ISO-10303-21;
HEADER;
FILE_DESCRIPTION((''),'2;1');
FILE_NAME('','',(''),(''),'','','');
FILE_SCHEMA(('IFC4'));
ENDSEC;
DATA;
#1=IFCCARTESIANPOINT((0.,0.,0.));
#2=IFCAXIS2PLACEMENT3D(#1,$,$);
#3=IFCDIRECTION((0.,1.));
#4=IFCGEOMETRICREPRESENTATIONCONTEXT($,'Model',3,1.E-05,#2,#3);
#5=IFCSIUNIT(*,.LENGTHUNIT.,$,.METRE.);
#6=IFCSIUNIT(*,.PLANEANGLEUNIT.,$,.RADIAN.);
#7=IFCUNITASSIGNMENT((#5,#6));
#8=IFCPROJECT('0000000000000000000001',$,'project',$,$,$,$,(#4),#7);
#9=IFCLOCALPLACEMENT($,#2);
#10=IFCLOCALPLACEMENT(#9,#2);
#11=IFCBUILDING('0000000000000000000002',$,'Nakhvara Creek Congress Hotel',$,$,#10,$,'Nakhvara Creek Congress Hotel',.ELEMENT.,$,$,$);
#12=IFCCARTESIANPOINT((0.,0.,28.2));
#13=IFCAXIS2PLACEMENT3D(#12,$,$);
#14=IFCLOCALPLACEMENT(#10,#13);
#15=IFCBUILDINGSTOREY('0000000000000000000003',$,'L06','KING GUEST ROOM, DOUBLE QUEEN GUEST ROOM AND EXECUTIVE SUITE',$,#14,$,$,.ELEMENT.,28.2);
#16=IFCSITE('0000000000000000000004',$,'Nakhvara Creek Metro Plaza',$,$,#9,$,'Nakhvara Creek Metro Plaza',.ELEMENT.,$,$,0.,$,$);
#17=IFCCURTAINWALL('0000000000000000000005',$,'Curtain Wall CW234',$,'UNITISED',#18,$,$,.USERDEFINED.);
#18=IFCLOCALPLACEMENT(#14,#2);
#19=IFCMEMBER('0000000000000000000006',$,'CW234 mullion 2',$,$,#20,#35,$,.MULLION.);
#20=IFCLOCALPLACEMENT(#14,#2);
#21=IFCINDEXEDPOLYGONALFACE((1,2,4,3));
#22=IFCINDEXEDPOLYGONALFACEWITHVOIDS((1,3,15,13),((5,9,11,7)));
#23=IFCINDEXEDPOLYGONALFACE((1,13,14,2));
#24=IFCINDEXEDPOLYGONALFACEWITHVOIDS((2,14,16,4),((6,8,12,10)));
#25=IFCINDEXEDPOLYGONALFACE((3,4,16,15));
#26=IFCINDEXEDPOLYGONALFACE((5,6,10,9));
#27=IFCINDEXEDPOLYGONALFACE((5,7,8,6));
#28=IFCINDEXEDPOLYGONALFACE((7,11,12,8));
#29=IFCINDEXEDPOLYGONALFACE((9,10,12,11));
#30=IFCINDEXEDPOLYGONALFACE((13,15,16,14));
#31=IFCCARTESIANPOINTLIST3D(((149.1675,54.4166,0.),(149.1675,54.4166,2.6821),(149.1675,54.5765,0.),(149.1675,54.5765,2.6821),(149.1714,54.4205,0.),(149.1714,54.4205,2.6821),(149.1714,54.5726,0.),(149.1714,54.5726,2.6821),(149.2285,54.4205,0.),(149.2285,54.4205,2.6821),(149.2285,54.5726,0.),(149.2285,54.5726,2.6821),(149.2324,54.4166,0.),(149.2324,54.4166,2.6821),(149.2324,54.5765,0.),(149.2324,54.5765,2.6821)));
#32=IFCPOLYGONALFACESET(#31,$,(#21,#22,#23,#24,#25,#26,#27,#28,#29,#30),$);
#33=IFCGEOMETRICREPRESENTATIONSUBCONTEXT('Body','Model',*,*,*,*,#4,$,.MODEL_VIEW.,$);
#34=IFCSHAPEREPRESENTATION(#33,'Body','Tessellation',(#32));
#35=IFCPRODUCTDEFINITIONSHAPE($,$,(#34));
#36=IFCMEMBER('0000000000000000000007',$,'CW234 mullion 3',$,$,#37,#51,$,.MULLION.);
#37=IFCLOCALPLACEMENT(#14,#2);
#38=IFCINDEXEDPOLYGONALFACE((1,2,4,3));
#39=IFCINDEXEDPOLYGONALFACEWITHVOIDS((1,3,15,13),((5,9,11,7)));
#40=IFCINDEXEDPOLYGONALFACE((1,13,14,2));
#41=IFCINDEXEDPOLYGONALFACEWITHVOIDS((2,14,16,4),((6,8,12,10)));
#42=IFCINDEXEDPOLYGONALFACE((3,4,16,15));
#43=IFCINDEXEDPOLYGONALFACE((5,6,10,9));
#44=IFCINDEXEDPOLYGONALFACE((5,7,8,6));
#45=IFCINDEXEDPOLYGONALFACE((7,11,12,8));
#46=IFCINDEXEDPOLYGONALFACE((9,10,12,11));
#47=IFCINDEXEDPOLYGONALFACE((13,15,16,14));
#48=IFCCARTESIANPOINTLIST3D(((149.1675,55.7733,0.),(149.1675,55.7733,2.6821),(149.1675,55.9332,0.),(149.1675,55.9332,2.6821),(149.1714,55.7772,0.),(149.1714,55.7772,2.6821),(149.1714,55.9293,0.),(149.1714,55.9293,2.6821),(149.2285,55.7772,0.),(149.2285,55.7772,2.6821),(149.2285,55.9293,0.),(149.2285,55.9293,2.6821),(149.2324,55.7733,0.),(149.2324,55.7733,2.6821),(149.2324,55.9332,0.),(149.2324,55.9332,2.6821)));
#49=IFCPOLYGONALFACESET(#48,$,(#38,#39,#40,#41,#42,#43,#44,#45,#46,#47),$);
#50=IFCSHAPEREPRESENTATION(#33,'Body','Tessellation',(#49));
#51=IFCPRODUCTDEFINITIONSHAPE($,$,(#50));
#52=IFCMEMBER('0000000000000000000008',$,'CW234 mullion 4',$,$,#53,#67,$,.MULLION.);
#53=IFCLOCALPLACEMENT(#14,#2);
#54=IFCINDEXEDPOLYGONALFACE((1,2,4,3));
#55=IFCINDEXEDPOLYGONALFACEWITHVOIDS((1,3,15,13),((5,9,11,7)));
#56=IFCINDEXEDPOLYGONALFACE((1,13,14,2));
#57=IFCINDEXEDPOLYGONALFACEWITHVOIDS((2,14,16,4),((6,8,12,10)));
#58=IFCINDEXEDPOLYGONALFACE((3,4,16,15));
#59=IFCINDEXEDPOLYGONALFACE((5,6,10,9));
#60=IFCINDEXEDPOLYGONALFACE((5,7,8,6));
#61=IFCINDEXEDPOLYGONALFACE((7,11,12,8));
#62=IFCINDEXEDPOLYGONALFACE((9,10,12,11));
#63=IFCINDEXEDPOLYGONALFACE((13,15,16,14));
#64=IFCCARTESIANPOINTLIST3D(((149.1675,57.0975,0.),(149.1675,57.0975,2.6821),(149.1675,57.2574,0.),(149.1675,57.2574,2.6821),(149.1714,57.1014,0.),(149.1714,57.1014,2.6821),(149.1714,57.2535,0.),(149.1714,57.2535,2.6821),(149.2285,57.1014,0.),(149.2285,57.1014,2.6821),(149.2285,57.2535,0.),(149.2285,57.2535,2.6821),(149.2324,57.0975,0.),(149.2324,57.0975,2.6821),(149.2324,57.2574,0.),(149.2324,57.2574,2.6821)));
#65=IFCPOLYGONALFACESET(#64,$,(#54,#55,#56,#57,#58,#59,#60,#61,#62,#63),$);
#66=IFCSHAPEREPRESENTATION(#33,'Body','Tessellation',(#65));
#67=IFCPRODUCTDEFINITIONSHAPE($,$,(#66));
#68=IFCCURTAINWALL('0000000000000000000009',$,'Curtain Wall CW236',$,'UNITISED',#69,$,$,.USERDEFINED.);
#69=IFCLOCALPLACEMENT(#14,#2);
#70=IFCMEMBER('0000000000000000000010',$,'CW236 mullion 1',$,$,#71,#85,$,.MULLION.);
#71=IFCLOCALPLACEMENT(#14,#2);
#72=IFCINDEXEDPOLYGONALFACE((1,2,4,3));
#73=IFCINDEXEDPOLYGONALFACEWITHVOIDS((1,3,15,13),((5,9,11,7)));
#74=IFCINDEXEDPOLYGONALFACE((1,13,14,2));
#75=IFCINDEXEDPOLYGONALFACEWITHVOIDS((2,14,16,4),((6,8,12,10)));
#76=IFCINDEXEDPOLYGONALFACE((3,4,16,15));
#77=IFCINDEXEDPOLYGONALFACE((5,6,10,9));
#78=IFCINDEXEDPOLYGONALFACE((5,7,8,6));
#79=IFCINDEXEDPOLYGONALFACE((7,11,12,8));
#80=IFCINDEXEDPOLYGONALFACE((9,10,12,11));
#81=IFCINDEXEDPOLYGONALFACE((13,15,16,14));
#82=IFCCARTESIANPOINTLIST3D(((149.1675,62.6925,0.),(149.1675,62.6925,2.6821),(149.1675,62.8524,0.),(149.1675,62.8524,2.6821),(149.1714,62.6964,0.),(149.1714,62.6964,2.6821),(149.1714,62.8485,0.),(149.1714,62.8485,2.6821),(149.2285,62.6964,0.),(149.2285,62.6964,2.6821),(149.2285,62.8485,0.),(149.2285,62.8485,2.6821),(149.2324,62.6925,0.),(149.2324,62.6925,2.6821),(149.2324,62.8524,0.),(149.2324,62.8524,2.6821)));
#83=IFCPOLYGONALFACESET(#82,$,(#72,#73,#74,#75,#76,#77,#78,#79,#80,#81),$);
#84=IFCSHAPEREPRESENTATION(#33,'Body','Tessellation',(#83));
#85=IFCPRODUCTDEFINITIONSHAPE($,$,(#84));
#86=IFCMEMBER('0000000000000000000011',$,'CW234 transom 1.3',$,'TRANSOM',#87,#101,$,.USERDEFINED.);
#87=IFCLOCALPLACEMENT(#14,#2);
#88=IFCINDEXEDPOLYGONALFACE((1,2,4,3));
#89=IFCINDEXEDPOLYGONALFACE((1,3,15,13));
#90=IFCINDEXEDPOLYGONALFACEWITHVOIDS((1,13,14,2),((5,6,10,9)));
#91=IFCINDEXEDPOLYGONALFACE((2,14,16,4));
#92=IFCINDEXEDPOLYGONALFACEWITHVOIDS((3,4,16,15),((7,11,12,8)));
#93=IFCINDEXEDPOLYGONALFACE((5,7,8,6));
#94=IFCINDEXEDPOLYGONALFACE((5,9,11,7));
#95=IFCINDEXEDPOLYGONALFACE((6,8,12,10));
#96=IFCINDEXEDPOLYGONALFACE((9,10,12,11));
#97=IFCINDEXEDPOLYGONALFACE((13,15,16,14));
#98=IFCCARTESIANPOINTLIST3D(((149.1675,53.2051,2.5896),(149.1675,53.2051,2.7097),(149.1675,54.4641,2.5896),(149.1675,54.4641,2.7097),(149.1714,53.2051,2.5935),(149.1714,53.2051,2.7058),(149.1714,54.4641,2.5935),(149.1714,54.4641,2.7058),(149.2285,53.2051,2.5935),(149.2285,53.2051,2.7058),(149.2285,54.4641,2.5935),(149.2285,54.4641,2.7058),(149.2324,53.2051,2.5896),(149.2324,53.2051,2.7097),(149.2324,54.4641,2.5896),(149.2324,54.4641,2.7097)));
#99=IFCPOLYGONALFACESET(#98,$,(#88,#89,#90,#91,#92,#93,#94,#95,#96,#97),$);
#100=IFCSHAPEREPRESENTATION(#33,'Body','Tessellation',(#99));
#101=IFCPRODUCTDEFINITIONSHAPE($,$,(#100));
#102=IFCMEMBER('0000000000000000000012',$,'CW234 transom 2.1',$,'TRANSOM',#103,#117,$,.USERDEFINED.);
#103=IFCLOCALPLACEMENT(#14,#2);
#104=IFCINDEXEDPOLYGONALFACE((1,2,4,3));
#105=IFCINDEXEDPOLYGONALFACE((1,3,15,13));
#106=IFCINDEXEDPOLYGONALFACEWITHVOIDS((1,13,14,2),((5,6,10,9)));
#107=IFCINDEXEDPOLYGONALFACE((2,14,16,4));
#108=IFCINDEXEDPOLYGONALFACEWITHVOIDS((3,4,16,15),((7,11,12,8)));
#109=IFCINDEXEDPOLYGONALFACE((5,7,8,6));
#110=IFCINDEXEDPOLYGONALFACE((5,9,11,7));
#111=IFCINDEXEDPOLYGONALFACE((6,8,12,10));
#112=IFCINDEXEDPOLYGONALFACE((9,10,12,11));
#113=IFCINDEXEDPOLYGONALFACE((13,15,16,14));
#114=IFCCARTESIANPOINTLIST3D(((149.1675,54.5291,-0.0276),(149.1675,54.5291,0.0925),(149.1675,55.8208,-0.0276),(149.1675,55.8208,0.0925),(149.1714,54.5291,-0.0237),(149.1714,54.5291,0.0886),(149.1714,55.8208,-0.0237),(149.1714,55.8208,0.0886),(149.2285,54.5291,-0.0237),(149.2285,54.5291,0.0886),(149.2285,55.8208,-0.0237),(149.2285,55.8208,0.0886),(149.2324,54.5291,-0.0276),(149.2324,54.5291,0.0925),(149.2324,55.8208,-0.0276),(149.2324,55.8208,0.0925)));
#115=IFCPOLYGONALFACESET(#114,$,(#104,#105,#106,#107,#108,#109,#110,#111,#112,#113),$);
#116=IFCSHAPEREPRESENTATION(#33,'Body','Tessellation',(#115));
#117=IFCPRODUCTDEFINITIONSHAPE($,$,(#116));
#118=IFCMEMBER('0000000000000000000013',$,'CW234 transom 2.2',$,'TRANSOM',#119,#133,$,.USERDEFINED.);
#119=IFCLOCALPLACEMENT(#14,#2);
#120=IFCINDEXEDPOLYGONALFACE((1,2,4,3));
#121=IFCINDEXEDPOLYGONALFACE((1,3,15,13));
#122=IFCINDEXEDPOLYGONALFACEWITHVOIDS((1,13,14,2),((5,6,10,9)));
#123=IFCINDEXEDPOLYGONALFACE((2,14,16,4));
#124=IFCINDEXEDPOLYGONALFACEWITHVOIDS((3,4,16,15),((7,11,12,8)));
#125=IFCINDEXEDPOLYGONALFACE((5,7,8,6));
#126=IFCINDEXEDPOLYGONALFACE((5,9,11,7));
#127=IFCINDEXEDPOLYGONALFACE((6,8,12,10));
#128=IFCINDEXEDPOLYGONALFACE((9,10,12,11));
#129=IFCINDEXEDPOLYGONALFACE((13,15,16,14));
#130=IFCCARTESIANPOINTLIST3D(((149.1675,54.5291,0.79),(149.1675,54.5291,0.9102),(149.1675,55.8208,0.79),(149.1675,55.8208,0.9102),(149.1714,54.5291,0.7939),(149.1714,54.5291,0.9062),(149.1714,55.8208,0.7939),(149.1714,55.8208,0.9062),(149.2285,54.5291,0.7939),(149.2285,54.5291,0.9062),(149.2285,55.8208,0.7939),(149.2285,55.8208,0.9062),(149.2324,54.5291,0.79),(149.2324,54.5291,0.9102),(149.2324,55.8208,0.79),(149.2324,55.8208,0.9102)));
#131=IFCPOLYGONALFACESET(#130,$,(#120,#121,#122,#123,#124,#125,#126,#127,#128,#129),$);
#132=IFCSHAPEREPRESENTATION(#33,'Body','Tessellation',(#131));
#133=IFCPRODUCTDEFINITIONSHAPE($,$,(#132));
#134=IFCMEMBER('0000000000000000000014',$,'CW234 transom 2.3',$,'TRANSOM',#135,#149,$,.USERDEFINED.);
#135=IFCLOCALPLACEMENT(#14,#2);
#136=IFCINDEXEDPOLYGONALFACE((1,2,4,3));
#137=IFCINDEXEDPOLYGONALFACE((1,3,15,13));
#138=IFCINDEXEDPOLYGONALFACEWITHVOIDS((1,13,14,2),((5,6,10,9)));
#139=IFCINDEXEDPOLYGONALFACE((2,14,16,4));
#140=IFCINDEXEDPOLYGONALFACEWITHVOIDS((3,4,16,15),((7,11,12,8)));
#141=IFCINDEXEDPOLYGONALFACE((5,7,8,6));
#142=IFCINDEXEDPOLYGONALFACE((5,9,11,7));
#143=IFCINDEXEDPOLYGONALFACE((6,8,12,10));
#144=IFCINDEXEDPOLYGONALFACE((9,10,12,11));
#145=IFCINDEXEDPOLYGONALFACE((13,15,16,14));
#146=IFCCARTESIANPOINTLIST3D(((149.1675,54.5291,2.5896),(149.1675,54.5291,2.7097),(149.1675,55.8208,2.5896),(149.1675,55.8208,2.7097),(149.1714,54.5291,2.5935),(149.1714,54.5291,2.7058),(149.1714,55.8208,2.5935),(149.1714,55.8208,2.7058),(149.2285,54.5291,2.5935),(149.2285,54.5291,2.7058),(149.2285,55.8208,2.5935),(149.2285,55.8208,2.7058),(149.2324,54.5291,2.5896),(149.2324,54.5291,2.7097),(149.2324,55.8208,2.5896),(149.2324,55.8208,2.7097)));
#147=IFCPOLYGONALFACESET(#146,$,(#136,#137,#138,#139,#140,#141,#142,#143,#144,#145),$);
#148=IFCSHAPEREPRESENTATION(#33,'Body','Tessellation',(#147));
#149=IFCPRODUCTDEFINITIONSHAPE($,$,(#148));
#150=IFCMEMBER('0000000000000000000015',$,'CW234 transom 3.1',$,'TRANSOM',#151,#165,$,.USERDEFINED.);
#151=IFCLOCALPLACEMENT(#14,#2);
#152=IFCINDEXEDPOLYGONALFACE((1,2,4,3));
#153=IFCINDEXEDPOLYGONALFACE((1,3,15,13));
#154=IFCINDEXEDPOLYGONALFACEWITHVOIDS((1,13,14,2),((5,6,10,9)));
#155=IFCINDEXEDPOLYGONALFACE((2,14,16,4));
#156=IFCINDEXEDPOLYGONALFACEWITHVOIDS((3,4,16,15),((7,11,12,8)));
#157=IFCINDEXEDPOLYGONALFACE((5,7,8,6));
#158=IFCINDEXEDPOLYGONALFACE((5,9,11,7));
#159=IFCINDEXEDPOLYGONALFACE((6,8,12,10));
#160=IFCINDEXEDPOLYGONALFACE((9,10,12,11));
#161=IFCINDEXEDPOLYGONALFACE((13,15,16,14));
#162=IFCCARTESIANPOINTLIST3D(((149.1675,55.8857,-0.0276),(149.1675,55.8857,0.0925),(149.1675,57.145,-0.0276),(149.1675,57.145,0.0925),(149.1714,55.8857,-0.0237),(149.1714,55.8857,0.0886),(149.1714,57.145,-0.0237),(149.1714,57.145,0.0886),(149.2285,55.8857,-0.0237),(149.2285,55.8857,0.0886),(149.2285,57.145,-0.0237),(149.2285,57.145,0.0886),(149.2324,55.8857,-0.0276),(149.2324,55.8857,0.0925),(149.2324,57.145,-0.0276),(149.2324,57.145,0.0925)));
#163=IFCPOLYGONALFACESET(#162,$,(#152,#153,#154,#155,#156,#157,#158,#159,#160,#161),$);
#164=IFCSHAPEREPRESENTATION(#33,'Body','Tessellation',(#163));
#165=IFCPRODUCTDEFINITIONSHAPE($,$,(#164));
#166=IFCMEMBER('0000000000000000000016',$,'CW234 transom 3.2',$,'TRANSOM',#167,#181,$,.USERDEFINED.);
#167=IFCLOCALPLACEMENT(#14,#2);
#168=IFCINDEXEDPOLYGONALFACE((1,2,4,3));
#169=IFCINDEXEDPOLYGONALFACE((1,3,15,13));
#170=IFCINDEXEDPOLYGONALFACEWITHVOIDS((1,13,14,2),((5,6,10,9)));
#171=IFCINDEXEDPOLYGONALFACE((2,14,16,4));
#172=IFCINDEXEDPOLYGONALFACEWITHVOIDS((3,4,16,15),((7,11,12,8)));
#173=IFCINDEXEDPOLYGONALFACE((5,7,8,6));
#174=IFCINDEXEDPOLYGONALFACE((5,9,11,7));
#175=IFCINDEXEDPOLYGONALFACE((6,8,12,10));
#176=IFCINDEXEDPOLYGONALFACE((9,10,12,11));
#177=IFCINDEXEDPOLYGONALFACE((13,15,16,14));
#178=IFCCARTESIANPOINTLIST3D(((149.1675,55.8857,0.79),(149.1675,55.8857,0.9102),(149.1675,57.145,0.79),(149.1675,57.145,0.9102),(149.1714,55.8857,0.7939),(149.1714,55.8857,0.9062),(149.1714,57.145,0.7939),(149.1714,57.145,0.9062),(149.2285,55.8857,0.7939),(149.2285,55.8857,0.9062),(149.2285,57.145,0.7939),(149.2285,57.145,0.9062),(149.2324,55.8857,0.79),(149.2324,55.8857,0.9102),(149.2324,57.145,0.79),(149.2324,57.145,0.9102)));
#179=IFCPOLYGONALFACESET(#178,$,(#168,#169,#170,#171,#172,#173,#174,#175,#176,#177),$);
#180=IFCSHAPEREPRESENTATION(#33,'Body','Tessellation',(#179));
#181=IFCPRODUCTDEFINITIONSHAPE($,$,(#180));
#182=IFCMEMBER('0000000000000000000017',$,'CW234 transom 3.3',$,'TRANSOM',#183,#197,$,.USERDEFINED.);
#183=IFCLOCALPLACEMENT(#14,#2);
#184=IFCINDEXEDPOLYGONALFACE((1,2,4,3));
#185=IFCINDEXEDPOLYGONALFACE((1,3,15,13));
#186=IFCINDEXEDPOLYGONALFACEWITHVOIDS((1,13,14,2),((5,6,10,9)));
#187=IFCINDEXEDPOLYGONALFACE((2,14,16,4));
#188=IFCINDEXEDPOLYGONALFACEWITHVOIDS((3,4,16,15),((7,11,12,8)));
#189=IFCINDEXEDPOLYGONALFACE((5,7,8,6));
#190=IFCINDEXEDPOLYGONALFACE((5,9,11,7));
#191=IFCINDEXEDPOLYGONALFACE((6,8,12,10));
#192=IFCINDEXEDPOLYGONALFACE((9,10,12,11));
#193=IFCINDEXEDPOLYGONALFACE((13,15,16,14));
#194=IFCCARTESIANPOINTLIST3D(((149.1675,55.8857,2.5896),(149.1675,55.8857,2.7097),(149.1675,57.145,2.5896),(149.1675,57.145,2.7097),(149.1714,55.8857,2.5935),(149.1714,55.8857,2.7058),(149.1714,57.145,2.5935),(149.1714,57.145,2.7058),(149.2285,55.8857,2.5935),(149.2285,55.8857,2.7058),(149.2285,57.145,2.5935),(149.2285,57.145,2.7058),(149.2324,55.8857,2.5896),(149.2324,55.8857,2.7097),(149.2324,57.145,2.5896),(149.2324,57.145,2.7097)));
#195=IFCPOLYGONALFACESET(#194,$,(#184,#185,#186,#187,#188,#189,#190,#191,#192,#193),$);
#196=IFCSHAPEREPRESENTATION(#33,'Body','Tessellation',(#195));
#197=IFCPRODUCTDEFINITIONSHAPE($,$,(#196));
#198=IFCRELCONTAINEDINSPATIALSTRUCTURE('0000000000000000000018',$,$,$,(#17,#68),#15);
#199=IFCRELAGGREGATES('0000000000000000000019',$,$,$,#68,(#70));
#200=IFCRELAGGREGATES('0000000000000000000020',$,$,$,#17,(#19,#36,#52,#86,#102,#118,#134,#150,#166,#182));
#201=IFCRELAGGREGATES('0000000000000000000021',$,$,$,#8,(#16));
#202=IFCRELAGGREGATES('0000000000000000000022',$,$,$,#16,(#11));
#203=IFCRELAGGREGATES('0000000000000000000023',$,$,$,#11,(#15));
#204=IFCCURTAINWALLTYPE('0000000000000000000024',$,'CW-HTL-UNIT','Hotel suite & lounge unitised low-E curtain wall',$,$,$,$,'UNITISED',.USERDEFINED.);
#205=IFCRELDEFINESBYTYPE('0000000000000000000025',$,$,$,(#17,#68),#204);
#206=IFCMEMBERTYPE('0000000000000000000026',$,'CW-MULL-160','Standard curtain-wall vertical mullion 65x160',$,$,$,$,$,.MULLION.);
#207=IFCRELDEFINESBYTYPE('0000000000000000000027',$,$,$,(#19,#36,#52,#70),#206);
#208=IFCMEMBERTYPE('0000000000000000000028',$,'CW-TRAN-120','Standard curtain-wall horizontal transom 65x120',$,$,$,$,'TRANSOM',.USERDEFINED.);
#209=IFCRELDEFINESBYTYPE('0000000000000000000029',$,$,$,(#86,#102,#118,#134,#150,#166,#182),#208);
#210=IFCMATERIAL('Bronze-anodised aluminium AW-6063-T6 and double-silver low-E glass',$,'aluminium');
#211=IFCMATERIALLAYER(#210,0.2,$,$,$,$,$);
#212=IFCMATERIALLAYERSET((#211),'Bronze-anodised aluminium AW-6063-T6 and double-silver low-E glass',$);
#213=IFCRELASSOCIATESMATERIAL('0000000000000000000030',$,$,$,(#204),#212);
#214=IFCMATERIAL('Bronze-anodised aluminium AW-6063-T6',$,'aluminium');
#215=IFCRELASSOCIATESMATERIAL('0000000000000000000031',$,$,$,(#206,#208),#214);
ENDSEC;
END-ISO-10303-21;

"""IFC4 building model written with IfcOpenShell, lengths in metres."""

from ifc_helpers import new_model, si_unit, direction, frame, origin, origin_2d, place, context, subcontext, project, spatial, hollow_rectangle, extrude, material, layer, layer_set, material_profile, profile_set, type_object, element, aggregate, save


model = new_model("IFC4")

# Units and contexts
model_context = context("Model", 3, precision=1e-05, world=origin(), true_north=direction((0.0, 1.0)))
body_context = subcontext(model_context, "Body", "Model", "MODEL_VIEW")
ifc_project = project(units=[si_unit("LENGTHUNIT", "METRE"), si_unit("PLANEANGLEUNIT", "RADIAN")], contexts=[model_context])

# Site, building, storey
site_placement = place(None, origin())
site = spatial("IfcSite", under=ifc_project, at=site_placement, Name="Nakhvara Creek Metro Plaza", LongName="Nakhvara Creek Metro Plaza", CompositionType="ELEMENT", RefElevation=0.0)
building_placement = place(site_placement, origin())
building = spatial("IfcBuilding", under=site, at=building_placement, Name="Nakhvara Creek Congress Hotel", LongName="Nakhvara Creek Congress Hotel", CompositionType="ELEMENT")
storey_placement = place(building_placement, frame((0.0, 0.0, 28.2)))
storey = spatial("IfcBuildingStorey", under=building, at=storey_placement, Name="L06", Description="KING GUEST ROOM, DOUBLE QUEEN GUEST ROOM AND EXECUTIVE SUITE", CompositionType="ELEMENT", Elevation=28.2)

# Curtain wall, members
ifc_material_1 = material(Name="Bronze-anodised aluminium AW-6063-T6 and double-silver low-E glass", Category="aluminium")
ifc_layer = layer(ifc_material_1, 0.2)
ifc_layer_set = layer_set([ifc_layer], Name="Bronze-anodised aluminium AW-6063-T6 and double-silver low-E glass")
curtain_wall_type = type_object("IfcCurtainWallType", Name="CW-HTL-UNIT", Description="Hotel suite & lounge unitised low-E curtain wall", ElementType="UNITISED", PredefinedType="USERDEFINED", material=ifc_layer_set)
curtain_wall_1_placement = place(storey_placement, origin())
curtain_wall_1 = element("IfcCurtainWall", 1, at=curtain_wall_1_placement, inside=storey, type_object=curtain_wall_type, Name="Curtain Wall CW234", ObjectType="UNITISED", PredefinedType="USERDEFINED")
ifc_material_2 = material(Name="Bronze-anodised aluminium AW-6063-T6", Category="aluminium")
ifc_material_profile_1 = material_profile(ifc_material_2, hollow_rectangle(XDim=0.0649, YDim=0.1599, WallThickness=0.0039, at=origin_2d()), Name="ALU-MULL 65x160x4", Category="LoadBearing")
ifc_profile_set_1 = profile_set([ifc_material_profile_1], Name="Bronze-anodised aluminium AW-6063-T6")
member_type_1 = type_object("IfcMemberType", Name="CW-MULL-160", Description="Standard curtain-wall vertical mullion 65x160", PredefinedType="MULLION", material=ifc_profile_set_1)
member_1_placement = place(storey_placement, frame((149.2, 54.4966, 0.0), z_axis=(0.0, 0.0, 1.0), x_axis=(-1.0, 0.0, 0.0)))
member_1 = element("IfcMember", 2, at=member_1_placement, type_object=member_type_1, Name="CW234 mullion 2", PredefinedType="MULLION", context=body_context, shape_type="SweptSolid", body=[
    extrude(hollow_rectangle(XDim=0.0649, YDim=0.1599, WallThickness=0.0039, at=origin_2d()), origin(), (0.0, 0.0, 1.0), 2.6821),
])
member_2_placement = place(storey_placement, frame((149.2, 55.8533, 0.0), z_axis=(0.0, 0.0, 1.0), x_axis=(-1.0, 0.0, 0.0)))
member_2 = element("IfcMember", 3, at=member_2_placement, type_object=member_type_1, Name="CW234 mullion 3", PredefinedType="MULLION", context=body_context, shape_type="SweptSolid", body=[
    extrude(hollow_rectangle(XDim=0.0649, YDim=0.1599, WallThickness=0.0039, at=origin_2d()), origin(), (0.0, 0.0, 1.0), 2.6821),
])
member_3_placement = place(storey_placement, frame((149.2, 57.1775, 0.0), z_axis=(0.0, 0.0, 1.0), x_axis=(-1.0, 0.0, 0.0)))
member_3 = element("IfcMember", 4, at=member_3_placement, type_object=member_type_1, Name="CW234 mullion 4", PredefinedType="MULLION", context=body_context, shape_type="SweptSolid", body=[
    extrude(hollow_rectangle(XDim=0.0649, YDim=0.1599, WallThickness=0.0039, at=origin_2d()), origin(), (0.0, 0.0, 1.0), 2.6821),
])

# Curtain wall, member
curtain_wall_2_placement = place(storey_placement, origin())
curtain_wall_2 = element("IfcCurtainWall", 5, at=curtain_wall_2_placement, inside=storey, type_object=curtain_wall_type, Name="Curtain Wall CW236", ObjectType="UNITISED", PredefinedType="USERDEFINED")
member_4_placement = place(storey_placement, frame((149.2, 62.7725, 0.0), z_axis=(0.0, 0.0, 1.0), x_axis=(-1.0, 0.0, 0.0)))
member_4 = element("IfcMember", 6, at=member_4_placement, type_object=member_type_1, Name="CW236 mullion 1", PredefinedType="MULLION", context=body_context, shape_type="SweptSolid", body=[
    extrude(hollow_rectangle(XDim=0.0649, YDim=0.1599, WallThickness=0.0039, at=origin_2d()), origin(), (0.0, 0.0, 1.0), 2.6821),
])

# Members
ifc_material_profile_2 = material_profile(ifc_material_2, hollow_rectangle(XDim=0.0649, YDim=0.1201, WallThickness=0.0039, at=origin_2d()), Name="ALU-TRAN 65x120x4", Category="LoadBearing")
ifc_profile_set_2 = profile_set([ifc_material_profile_2], Name="Bronze-anodised aluminium AW-6063-T6")
member_type_2 = type_object("IfcMemberType", Name="CW-TRAN-120", Description="Standard curtain-wall horizontal transom 65x120", ElementType="TRANSOM", PredefinedType="USERDEFINED", material=ifc_profile_set_2)
member_5_placement = place(storey_placement, frame((149.2, 53.2051, 2.6497), z_axis=(0.0, 1.0, 0.0), x_axis=(-1.0, 0.0, 0.0)))
member_5 = element("IfcMember", 7, at=member_5_placement, type_object=member_type_2, Name="CW234 transom 1.3", ObjectType="TRANSOM", PredefinedType="USERDEFINED", context=body_context, shape_type="SweptSolid", body=[
    extrude(hollow_rectangle(XDim=0.0649, YDim=0.1201, WallThickness=0.0039, at=origin_2d()), origin(), (0.0, 0.0, 1.0), 1.259),
])
member_6_placement = place(storey_placement, frame((149.2, 54.5291, 0.0325), z_axis=(0.0, 1.0, 0.0), x_axis=(-1.0, 0.0, 0.0)))
member_6 = element("IfcMember", 8, at=member_6_placement, type_object=member_type_2, Name="CW234 transom 2.1", ObjectType="TRANSOM", PredefinedType="USERDEFINED", context=body_context, shape_type="SweptSolid", body=[
    extrude(hollow_rectangle(XDim=0.0649, YDim=0.1201, WallThickness=0.0039, at=origin_2d()), origin(), (0.0, 0.0, 1.0), 1.2917),
])
member_7_placement = place(storey_placement, frame((149.2, 54.5291, 0.8501), z_axis=(0.0, 1.0, 0.0), x_axis=(-1.0, 0.0, 0.0)))
member_7 = element("IfcMember", 9, at=member_7_placement, type_object=member_type_2, Name="CW234 transom 2.2", ObjectType="TRANSOM", PredefinedType="USERDEFINED", context=body_context, shape_type="SweptSolid", body=[
    extrude(hollow_rectangle(XDim=0.0649, YDim=0.1201, WallThickness=0.0039, at=origin_2d()), origin(), (0.0, 0.0, 1.0), 1.2917),
])
member_8_placement = place(storey_placement, frame((149.2, 54.5291, 2.6497), z_axis=(0.0, 1.0, 0.0), x_axis=(-1.0, 0.0, 0.0)))
member_8 = element("IfcMember", 10, at=member_8_placement, type_object=member_type_2, Name="CW234 transom 2.3", ObjectType="TRANSOM", PredefinedType="USERDEFINED", context=body_context, shape_type="SweptSolid", body=[
    extrude(hollow_rectangle(XDim=0.0649, YDim=0.1201, WallThickness=0.0039, at=origin_2d()), origin(), (0.0, 0.0, 1.0), 1.2917),
])
member_9_placement = place(storey_placement, frame((149.2, 55.8857, 0.0325), z_axis=(0.0, 1.0, 0.0), x_axis=(-1.0, 0.0, 0.0)))
member_9 = element("IfcMember", 11, at=member_9_placement, type_object=member_type_2, Name="CW234 transom 3.1", ObjectType="TRANSOM", PredefinedType="USERDEFINED", context=body_context, shape_type="SweptSolid", body=[
    extrude(hollow_rectangle(XDim=0.0649, YDim=0.1201, WallThickness=0.0039, at=origin_2d()), origin(), (0.0, 0.0, 1.0), 1.2593),
])
member_10_placement = place(storey_placement, frame((149.2, 55.8857, 0.8501), z_axis=(0.0, 1.0, 0.0), x_axis=(-1.0, 0.0, 0.0)))
member_10 = element("IfcMember", 12, at=member_10_placement, type_object=member_type_2, Name="CW234 transom 3.2", ObjectType="TRANSOM", PredefinedType="USERDEFINED", context=body_context, shape_type="SweptSolid", body=[
    extrude(hollow_rectangle(XDim=0.0649, YDim=0.1201, WallThickness=0.0039, at=origin_2d()), origin(), (0.0, 0.0, 1.0), 1.2593),
])
member_11_placement = place(storey_placement, frame((149.2, 55.8857, 2.6497), z_axis=(0.0, 1.0, 0.0), x_axis=(-1.0, 0.0, 0.0)))
member_11 = element("IfcMember", 13, at=member_11_placement, type_object=member_type_2, Name="CW234 transom 3.3", ObjectType="TRANSOM", PredefinedType="USERDEFINED", context=body_context, shape_type="SweptSolid", body=[
    extrude(hollow_rectangle(XDim=0.0649, YDim=0.1201, WallThickness=0.0039, at=origin_2d()), origin(), (0.0, 0.0, 1.0), 1.2593),
])
aggregate(curtain_wall_2, [member_4])

aggregate(curtain_wall_1, [member_1, member_2, member_3, member_5, member_6, member_7, member_8, member_9, member_10, member_11])

save(model, "model.ifc")
